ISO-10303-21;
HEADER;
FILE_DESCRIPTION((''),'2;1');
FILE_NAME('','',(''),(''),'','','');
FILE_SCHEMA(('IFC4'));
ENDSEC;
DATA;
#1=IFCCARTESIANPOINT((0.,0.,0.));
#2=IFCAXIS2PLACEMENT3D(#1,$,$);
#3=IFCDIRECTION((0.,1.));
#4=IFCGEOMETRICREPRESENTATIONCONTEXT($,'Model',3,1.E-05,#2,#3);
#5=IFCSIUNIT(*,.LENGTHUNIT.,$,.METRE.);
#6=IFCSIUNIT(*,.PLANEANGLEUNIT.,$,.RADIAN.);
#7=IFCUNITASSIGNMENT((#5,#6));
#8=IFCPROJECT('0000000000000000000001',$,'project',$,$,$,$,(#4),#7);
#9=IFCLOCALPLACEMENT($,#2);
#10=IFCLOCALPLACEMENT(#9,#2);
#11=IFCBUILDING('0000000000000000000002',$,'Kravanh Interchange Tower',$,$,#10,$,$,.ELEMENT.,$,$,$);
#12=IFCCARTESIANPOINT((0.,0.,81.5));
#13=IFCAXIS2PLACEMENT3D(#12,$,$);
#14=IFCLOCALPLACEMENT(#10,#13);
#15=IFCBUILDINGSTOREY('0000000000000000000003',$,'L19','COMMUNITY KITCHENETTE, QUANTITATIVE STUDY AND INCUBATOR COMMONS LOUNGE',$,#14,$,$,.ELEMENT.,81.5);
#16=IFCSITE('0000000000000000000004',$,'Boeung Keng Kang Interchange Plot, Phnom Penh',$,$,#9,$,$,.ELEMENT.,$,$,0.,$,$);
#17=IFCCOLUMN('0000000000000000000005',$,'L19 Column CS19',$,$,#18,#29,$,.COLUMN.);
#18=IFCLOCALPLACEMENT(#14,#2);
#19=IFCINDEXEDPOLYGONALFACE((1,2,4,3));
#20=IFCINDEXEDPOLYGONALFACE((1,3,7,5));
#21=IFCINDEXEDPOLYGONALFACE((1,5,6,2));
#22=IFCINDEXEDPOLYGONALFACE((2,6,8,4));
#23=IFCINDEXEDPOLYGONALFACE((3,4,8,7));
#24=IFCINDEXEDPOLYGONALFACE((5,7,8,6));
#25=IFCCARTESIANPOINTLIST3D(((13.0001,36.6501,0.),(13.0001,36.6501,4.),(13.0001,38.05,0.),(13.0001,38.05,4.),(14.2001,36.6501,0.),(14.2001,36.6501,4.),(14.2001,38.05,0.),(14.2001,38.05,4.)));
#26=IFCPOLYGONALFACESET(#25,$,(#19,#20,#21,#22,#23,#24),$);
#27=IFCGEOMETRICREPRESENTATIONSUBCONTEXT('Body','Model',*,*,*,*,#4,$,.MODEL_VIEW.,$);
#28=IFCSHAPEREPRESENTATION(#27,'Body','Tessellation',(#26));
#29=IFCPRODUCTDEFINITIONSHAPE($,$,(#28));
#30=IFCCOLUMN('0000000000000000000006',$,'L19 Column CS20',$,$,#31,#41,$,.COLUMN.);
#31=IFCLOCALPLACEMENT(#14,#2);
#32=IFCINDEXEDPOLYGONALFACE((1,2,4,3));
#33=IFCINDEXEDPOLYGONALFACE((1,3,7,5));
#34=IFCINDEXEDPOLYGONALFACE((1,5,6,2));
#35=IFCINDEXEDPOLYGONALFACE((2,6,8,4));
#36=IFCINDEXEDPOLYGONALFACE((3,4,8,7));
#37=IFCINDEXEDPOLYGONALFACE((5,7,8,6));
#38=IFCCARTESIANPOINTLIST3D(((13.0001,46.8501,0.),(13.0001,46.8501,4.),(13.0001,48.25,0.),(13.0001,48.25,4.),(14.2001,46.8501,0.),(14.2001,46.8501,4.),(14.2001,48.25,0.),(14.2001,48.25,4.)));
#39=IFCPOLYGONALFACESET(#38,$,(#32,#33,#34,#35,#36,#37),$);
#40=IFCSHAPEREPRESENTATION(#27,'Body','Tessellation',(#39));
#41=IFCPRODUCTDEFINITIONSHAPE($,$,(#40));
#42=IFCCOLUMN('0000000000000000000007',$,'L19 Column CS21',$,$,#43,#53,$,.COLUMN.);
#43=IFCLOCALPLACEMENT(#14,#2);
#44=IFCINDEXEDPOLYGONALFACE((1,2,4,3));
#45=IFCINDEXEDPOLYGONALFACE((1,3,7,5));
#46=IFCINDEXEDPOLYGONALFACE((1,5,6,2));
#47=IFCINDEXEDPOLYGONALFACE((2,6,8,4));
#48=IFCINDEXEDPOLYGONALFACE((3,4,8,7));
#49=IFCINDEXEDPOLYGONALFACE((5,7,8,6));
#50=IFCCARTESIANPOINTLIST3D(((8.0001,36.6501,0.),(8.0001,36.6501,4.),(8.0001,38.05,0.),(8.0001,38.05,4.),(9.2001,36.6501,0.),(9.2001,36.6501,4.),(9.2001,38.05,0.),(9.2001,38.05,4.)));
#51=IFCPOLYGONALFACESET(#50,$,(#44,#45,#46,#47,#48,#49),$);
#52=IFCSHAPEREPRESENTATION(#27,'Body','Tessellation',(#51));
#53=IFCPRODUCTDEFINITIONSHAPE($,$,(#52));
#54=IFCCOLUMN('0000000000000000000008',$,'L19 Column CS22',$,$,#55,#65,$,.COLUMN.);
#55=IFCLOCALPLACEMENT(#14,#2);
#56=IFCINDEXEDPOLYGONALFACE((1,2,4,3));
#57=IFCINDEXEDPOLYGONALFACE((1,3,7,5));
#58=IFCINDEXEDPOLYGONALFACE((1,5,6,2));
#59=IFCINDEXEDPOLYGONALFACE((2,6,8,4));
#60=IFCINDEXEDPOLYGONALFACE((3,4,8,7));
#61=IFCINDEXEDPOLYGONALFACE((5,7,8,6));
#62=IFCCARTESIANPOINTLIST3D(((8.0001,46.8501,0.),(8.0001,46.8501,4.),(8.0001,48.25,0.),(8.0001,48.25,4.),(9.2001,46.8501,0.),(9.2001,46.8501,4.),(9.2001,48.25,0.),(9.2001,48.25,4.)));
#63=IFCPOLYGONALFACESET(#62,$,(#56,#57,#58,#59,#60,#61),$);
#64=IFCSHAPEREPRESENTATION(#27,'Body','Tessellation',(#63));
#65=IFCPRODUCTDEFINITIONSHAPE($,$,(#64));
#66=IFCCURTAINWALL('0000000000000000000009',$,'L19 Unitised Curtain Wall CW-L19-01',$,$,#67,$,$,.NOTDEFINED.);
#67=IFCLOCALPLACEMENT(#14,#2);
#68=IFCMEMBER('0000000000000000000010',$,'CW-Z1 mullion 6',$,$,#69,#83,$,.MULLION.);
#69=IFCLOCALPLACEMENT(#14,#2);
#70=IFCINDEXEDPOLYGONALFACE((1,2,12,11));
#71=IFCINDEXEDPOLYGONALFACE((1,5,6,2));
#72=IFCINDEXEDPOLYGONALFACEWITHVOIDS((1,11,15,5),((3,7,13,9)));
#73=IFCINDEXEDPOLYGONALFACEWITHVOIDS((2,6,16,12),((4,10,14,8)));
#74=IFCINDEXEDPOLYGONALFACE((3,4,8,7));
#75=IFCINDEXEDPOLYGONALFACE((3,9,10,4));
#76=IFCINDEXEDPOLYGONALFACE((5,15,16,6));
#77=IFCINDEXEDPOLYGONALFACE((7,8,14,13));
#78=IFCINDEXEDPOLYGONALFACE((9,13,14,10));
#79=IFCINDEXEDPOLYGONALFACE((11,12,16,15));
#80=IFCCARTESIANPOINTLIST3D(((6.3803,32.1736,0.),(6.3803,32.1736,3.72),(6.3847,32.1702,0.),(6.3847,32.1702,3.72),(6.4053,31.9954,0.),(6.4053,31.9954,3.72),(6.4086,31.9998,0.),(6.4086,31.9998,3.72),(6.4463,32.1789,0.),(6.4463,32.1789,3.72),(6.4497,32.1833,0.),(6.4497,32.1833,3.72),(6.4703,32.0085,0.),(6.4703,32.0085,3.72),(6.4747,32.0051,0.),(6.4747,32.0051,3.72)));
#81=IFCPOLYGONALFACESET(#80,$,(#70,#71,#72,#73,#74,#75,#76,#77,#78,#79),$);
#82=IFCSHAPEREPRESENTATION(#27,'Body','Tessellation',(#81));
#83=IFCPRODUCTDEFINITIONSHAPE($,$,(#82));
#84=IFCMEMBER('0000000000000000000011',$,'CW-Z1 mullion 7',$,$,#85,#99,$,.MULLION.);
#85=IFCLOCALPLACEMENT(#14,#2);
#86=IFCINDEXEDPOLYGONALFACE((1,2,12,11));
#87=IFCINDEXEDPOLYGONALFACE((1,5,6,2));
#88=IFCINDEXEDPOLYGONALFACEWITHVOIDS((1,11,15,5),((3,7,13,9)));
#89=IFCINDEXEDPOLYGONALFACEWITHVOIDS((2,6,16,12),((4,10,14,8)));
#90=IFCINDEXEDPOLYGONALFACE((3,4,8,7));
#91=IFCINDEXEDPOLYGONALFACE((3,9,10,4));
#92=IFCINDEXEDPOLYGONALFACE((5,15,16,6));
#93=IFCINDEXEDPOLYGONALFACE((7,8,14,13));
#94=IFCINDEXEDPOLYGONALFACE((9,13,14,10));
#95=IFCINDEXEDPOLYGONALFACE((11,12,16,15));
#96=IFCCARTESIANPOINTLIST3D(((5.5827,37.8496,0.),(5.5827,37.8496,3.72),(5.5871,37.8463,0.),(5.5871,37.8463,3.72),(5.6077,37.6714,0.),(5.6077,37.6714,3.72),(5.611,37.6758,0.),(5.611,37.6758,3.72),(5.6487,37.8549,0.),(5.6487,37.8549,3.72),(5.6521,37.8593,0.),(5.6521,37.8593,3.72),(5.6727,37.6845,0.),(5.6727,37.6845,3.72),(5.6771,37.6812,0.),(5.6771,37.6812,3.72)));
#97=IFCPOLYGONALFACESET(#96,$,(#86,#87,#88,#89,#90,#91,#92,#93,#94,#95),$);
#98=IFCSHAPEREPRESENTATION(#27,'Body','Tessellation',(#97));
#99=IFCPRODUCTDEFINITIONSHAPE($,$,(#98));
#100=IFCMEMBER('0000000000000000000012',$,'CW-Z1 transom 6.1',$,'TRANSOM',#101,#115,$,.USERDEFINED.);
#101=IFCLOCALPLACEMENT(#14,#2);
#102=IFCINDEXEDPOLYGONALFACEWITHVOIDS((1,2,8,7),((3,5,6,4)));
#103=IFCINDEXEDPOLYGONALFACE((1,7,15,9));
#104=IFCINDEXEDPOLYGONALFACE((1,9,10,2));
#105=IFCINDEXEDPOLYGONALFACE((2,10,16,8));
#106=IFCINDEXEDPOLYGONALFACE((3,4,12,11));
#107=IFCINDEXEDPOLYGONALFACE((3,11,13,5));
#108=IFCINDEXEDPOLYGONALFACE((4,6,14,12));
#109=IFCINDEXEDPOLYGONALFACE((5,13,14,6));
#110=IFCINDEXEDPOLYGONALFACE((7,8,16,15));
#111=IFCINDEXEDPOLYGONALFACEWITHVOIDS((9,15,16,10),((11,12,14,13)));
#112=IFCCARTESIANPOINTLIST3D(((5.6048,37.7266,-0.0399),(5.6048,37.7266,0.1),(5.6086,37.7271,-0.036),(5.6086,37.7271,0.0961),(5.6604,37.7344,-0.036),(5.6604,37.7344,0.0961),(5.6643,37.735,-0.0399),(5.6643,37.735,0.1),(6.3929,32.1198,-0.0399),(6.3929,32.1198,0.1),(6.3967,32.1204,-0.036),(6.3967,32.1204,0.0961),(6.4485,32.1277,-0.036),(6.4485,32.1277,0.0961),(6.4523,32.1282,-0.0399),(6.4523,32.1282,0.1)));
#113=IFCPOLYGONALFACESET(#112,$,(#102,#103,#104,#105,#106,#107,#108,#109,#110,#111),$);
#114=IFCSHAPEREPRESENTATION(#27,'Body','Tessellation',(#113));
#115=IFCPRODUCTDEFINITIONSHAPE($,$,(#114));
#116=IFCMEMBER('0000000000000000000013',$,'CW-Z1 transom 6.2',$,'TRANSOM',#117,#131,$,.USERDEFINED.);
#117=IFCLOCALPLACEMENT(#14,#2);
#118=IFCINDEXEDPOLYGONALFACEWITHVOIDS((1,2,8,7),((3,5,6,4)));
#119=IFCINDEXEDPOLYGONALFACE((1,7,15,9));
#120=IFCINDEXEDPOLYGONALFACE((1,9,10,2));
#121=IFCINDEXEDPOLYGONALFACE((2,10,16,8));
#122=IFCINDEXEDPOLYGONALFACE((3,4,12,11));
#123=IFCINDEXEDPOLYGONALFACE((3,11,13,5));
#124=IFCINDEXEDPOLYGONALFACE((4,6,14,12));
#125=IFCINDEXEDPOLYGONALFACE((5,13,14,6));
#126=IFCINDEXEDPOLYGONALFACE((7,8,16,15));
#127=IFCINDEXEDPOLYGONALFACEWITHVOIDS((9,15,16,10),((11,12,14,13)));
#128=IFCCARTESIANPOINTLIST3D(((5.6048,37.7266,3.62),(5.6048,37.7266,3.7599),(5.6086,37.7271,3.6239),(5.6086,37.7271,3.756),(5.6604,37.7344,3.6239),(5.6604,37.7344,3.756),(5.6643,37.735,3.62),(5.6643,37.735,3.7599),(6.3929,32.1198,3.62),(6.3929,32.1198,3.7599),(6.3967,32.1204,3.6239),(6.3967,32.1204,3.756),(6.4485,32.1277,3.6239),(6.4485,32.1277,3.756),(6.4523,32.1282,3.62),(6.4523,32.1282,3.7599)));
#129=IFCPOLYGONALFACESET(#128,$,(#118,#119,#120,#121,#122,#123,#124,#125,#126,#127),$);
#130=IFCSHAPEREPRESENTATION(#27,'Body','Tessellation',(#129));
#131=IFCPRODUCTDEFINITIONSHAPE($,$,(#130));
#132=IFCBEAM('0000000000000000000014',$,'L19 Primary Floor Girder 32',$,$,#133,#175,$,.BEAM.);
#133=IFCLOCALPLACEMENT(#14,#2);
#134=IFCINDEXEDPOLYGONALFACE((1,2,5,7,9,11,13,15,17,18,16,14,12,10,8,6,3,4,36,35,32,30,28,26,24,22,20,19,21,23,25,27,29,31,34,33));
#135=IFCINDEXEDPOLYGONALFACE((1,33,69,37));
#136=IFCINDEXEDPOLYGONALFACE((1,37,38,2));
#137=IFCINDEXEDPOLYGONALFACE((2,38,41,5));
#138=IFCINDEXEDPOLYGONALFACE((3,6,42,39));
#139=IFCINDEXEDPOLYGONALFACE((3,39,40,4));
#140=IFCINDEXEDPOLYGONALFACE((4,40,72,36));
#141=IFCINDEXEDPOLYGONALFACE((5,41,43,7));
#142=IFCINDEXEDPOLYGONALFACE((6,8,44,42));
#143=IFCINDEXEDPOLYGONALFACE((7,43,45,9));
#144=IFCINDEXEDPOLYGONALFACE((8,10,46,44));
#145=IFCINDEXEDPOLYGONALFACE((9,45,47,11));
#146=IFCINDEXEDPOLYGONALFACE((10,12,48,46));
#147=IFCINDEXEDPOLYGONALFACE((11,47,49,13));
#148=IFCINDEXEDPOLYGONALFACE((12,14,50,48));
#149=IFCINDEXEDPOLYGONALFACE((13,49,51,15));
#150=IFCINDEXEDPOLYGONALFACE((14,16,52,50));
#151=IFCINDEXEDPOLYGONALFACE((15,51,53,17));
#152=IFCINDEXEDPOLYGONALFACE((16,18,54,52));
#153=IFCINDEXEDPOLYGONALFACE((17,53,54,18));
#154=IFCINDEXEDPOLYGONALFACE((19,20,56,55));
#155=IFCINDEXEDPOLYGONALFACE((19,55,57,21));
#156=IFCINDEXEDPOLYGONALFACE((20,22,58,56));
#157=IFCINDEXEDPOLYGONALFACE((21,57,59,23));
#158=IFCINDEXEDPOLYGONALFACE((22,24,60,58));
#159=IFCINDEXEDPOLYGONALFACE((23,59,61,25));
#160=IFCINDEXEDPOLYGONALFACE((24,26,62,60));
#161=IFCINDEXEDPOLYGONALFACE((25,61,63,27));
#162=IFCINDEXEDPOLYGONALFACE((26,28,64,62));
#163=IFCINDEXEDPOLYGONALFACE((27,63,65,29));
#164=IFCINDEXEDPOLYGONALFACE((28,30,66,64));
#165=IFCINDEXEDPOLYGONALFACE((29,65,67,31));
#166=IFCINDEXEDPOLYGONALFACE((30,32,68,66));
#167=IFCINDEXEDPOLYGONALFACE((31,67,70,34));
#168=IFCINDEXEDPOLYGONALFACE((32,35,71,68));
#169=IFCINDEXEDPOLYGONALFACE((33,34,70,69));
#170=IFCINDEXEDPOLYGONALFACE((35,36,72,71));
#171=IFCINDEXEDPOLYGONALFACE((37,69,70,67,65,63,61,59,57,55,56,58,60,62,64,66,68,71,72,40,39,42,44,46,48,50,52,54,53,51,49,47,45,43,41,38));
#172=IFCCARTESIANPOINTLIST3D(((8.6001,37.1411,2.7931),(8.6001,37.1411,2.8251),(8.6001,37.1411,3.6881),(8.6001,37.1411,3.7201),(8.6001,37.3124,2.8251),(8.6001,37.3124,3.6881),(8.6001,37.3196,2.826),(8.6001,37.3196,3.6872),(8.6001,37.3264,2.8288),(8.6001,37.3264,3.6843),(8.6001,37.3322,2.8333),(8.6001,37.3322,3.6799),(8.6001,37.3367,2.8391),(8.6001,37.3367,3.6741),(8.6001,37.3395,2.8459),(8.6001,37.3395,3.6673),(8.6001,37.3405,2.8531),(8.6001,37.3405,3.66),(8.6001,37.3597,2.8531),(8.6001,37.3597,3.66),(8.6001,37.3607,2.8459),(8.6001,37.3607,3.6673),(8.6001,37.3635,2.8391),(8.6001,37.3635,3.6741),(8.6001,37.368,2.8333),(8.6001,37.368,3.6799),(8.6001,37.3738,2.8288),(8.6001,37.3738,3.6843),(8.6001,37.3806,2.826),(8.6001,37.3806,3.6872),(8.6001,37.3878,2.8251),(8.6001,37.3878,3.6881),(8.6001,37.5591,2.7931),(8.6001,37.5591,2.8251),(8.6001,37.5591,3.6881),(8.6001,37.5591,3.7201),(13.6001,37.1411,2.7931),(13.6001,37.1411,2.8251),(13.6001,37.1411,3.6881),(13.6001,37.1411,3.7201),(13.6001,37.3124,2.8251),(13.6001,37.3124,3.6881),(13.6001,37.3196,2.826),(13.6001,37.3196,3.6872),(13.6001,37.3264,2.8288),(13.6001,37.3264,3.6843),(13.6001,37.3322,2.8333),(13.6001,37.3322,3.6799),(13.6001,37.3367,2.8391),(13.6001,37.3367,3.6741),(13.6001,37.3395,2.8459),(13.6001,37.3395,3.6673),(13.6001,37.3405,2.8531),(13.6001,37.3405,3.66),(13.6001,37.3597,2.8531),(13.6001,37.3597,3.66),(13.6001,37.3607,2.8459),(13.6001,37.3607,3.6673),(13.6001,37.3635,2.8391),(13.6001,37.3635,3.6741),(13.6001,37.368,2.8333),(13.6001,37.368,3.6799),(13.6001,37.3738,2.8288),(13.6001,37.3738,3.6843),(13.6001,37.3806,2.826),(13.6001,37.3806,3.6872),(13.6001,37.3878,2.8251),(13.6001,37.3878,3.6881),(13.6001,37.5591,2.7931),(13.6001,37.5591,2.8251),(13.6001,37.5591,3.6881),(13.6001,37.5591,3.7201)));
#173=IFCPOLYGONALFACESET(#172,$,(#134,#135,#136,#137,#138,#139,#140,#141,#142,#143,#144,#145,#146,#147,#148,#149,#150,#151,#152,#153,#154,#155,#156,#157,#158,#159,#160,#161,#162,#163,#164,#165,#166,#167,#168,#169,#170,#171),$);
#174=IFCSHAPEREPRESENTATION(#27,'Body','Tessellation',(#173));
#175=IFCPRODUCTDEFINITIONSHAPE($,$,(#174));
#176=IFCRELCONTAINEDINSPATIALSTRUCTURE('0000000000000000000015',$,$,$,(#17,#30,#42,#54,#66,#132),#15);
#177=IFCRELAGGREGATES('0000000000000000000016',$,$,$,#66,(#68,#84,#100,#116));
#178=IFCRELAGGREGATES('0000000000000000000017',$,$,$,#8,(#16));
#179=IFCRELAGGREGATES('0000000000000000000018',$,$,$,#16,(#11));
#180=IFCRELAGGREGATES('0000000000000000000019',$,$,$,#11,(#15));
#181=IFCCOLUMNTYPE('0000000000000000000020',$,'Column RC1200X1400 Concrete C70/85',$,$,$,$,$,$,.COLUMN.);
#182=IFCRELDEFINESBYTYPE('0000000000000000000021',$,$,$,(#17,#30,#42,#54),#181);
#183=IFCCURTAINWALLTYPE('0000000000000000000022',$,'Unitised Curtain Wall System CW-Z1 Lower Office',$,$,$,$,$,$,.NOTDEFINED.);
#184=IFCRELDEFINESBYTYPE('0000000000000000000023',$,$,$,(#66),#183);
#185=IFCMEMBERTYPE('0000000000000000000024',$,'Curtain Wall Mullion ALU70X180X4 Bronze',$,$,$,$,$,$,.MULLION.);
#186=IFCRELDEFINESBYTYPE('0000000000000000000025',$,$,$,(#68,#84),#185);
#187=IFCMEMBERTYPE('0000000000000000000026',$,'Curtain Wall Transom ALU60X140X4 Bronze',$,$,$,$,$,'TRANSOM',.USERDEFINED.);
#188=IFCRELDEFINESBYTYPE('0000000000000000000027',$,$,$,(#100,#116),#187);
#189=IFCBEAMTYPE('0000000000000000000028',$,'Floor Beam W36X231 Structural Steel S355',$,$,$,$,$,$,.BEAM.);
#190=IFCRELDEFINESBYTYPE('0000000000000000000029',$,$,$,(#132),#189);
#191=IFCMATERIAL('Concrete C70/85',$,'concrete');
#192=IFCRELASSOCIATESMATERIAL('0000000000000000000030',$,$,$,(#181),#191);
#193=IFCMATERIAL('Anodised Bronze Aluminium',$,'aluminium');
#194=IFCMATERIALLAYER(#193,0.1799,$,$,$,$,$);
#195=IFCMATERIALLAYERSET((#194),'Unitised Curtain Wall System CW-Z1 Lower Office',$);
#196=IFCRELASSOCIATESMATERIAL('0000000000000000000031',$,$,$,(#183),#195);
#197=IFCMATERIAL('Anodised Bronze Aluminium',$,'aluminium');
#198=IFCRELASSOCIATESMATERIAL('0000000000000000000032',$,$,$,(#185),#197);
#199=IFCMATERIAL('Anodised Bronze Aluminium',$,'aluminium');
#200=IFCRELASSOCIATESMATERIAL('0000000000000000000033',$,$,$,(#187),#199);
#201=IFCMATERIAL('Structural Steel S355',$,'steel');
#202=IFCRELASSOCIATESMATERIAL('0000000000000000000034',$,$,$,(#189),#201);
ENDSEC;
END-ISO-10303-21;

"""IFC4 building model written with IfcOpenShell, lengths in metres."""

from ifc_helpers import new_model, si_unit, direction, frame, origin, origin_2d, place, context, subcontext, project, spatial, rectangle, hollow_rectangle, i_section, extrude, material, layer, layer_set, material_profile, profile_set, type_object, element, aggregate, save


model = new_model("IFC4")

# Units and contexts
model_context = context("Model", 3, precision=1e-05, world=origin(), true_north=direction((0.0, 1.0)))
body_context = subcontext(model_context, "Body", "Model", "MODEL_VIEW")
ifc_project = project(units=[si_unit("LENGTHUNIT", "METRE"), si_unit("PLANEANGLEUNIT", "RADIAN")], contexts=[model_context])

# Site, building, storey
site_placement = place(None, origin())
site = spatial("IfcSite", under=ifc_project, at=site_placement, Name="Boeung Keng Kang Interchange Plot, Phnom Penh", CompositionType="ELEMENT", RefElevation=0.0)
building_placement = place(site_placement, origin())
building = spatial("IfcBuilding", under=site, at=building_placement, Name="Kravanh Interchange Tower", CompositionType="ELEMENT")
storey_placement = place(building_placement, frame((0.0, 0.0, 81.5)))
storey = spatial("IfcBuildingStorey", under=building, at=storey_placement, Name="L19", Description="COMMUNITY KITCHENETTE, QUANTITATIVE STUDY AND INCUBATOR COMMONS LOUNGE", CompositionType="ELEMENT", Elevation=81.5)

# Columns
ifc_material_1 = material(Name="Concrete C70/85", Category="concrete")
ifc_material_profile_1 = material_profile(ifc_material_1, rectangle(XDim=1.2, YDim=1.3999, at=origin_2d()), Name="RC1200X1400")
ifc_profile_set_1 = profile_set([ifc_material_profile_1], Name="Concrete C70/85")
column_type = type_object("IfcColumnType", Name="Column RC1200X1400 Concrete C70/85", PredefinedType="COLUMN", material=ifc_profile_set_1)
for number, where, z_axis, x_axis, name in (
    (1, (13.6001, 37.3501, 0.0), (0.0, 0.0, 1.0), (1.0, 0.0, 0.0), "L19 Column CS19"),
    (2, (13.6001, 47.55, 0.0), (0.0, 0.0, 1.0), (1.0, 0.0, 0.0), "L19 Column CS20"),
    (3, (8.6001, 37.3501, 0.0), (0.0, 0.0, 1.0), (1.0, 0.0, 0.0), "L19 Column CS21"),
    (4, (8.6001, 47.55, 0.0), (0.0, 0.0, 1.0), (1.0, 0.0, 0.0), "L19 Column CS22"),
):
    element("IfcColumn", number, at=place(storey_placement, frame(where, z_axis=z_axis, x_axis=x_axis)), inside=storey, type_object=column_type, Name=name, PredefinedType="COLUMN", context=body_context, shape_type="SweptSolid", body=[
        extrude(rectangle(XDim=1.2, YDim=1.3999, at=origin_2d()), origin(), (0.0, 0.0, 1.0), 4.0),
    ])

# Curtain wall, members
ifc_material_2 = material(Name="Anodised Bronze Aluminium", Category="aluminium")
ifc_layer_1 = layer(ifc_material_2, 0.1799)
ifc_layer_set_1 = layer_set([ifc_layer_1], Name="Unitised Curtain Wall System CW-Z1 Lower Office")
curtain_wall_type = type_object("IfcCurtainWallType", Name="Unitised Curtain Wall System CW-Z1 Lower Office", PredefinedType="NOTDEFINED", material=ifc_layer_set_1)
curtain_wall_placement = place(storey_placement, origin())
curtain_wall = element("IfcCurtainWall", 5, at=curtain_wall_placement, inside=storey, type_object=curtain_wall_type, Name="L19 Unitised Curtain Wall CW-L19-01", PredefinedType="NOTDEFINED")
ifc_material_3 = material(Name="Anodised Bronze Aluminium", Category="aluminium")
ifc_material_profile_2 = material_profile(ifc_material_3, hollow_rectangle(XDim=0.0701, YDim=0.1799, WallThickness=0.0039, at=origin_2d()), Name="ALU70X180X4")
ifc_profile_set_2 = profile_set([ifc_material_profile_2], Name="Anodised Bronze Aluminium")
member_type_1 = type_object("IfcMemberType", Name="Curtain Wall Mullion ALU70X180X4 Bronze", PredefinedType="MULLION", material=ifc_profile_set_2)
member_1_placement = place(storey_placement, frame((6.4275, 32.0894, 0.0), z_axis=(0.0, 0.0, 1.0), x_axis=(-0.990268, -0.139177, 0.0)))
member_1 = element("IfcMember", 6, at=member_1_placement, type_object=member_type_1, Name="CW-Z1 mullion 6", PredefinedType="MULLION", context=body_context, shape_type="SweptSolid", body=[
    extrude(hollow_rectangle(XDim=0.0701, YDim=0.1799, WallThickness=0.0039, at=origin_2d()), origin(), (0.0, 0.0, 1.0), 3.72),
])
member_2_placement = place(storey_placement, frame((5.6299, 37.7654, 0.0), z_axis=(0.0, 0.0, 1.0), x_axis=(-0.990268, -0.139177, 0.0)))
member_2 = element("IfcMember", 7, at=member_2_placement, type_object=member_type_1, Name="CW-Z1 mullion 7", PredefinedType="MULLION", context=body_context, shape_type="SweptSolid", body=[
    extrude(hollow_rectangle(XDim=0.0701, YDim=0.1799, WallThickness=0.0039, at=origin_2d()), origin(), (0.0, 0.0, 1.0), 3.72),
])
ifc_material_4 = material(Name="Anodised Bronze Aluminium", Category="aluminium")
ifc_material_profile_3 = material_profile(ifc_material_4, hollow_rectangle(XDim=0.0601, YDim=0.1399, WallThickness=0.0039, at=origin_2d()), Name="ALU60X140X4")
ifc_profile_set_3 = profile_set([ifc_material_profile_3], Name="Anodised Bronze Aluminium")
member_type_2 = type_object("IfcMemberType", Name="Curtain Wall Transom ALU60X140X4 Bronze", ElementType="TRANSOM", PredefinedType="USERDEFINED", material=ifc_profile_set_3)
member_3_placement = place(storey_placement, frame((6.4226, 32.124, 0.03), z_axis=(-0.139193, 0.990265, 0.0), x_axis=(-0.990265, -0.139193, 0.0)))
member_3 = element("IfcMember", 8, at=member_3_placement, type_object=member_type_2, Name="CW-Z1 transom 6.1", ObjectType="TRANSOM", PredefinedType="USERDEFINED", context=body_context, shape_type="SweptSolid", body=[
    extrude(hollow_rectangle(XDim=0.0601, YDim=0.1399, WallThickness=0.0039, at=origin_2d()), origin(), (0.0, 0.0, 1.0), 5.6619),
])
member_4_placement = place(storey_placement, frame((6.4226, 32.124, 3.6899), z_axis=(-0.139193, 0.990265, 0.0), x_axis=(-0.990265, -0.139193, 0.0)))
member_4 = element("IfcMember", 9, at=member_4_placement, type_object=member_type_2, Name="CW-Z1 transom 6.2", ObjectType="TRANSOM", PredefinedType="USERDEFINED", context=body_context, shape_type="SweptSolid", body=[
    extrude(hollow_rectangle(XDim=0.0601, YDim=0.1399, WallThickness=0.0039, at=origin_2d()), origin(), (0.0, 0.0, 1.0), 5.6619),
])

# Beam
ifc_material_5 = material(Name="Structural Steel S355", Category="steel")
ifc_material_profile_4 = material_profile(ifc_material_5, i_section(OverallWidth=0.418, OverallDepth=0.927, WebThickness=0.0193, FlangeThickness=0.032, FilletRadius=0.0281, at=origin_2d()), Name="W36X231")
ifc_profile_set_4 = profile_set([ifc_material_profile_4], Name="Structural Steel S355")
beam_type = type_object("IfcBeamType", Name="Floor Beam W36X231 Structural Steel S355", PredefinedType="BEAM", material=ifc_profile_set_4)
beam_1_placement = place(storey_placement, frame((13.6001, 37.3501, 3.2566), z_axis=(-1.0, 0.0, 0.0), x_axis=(0.0, -1.0, 0.0)))
element("IfcBeam", 10, at=beam_1_placement, inside=storey, type_object=beam_type, Name="L19 Primary Floor Girder 32", PredefinedType="BEAM", context=body_context, shape_type="SweptSolid", body=[
    extrude(i_section(OverallWidth=0.418, OverallDepth=0.927, WebThickness=0.0193, FlangeThickness=0.032, FilletRadius=0.0281, at=origin_2d()), origin(), (0.0, 0.0, 1.0), 5.0),
])

aggregate(curtain_wall, [member_1, member_2, member_3, member_4])

save(model, "model.ifc")
